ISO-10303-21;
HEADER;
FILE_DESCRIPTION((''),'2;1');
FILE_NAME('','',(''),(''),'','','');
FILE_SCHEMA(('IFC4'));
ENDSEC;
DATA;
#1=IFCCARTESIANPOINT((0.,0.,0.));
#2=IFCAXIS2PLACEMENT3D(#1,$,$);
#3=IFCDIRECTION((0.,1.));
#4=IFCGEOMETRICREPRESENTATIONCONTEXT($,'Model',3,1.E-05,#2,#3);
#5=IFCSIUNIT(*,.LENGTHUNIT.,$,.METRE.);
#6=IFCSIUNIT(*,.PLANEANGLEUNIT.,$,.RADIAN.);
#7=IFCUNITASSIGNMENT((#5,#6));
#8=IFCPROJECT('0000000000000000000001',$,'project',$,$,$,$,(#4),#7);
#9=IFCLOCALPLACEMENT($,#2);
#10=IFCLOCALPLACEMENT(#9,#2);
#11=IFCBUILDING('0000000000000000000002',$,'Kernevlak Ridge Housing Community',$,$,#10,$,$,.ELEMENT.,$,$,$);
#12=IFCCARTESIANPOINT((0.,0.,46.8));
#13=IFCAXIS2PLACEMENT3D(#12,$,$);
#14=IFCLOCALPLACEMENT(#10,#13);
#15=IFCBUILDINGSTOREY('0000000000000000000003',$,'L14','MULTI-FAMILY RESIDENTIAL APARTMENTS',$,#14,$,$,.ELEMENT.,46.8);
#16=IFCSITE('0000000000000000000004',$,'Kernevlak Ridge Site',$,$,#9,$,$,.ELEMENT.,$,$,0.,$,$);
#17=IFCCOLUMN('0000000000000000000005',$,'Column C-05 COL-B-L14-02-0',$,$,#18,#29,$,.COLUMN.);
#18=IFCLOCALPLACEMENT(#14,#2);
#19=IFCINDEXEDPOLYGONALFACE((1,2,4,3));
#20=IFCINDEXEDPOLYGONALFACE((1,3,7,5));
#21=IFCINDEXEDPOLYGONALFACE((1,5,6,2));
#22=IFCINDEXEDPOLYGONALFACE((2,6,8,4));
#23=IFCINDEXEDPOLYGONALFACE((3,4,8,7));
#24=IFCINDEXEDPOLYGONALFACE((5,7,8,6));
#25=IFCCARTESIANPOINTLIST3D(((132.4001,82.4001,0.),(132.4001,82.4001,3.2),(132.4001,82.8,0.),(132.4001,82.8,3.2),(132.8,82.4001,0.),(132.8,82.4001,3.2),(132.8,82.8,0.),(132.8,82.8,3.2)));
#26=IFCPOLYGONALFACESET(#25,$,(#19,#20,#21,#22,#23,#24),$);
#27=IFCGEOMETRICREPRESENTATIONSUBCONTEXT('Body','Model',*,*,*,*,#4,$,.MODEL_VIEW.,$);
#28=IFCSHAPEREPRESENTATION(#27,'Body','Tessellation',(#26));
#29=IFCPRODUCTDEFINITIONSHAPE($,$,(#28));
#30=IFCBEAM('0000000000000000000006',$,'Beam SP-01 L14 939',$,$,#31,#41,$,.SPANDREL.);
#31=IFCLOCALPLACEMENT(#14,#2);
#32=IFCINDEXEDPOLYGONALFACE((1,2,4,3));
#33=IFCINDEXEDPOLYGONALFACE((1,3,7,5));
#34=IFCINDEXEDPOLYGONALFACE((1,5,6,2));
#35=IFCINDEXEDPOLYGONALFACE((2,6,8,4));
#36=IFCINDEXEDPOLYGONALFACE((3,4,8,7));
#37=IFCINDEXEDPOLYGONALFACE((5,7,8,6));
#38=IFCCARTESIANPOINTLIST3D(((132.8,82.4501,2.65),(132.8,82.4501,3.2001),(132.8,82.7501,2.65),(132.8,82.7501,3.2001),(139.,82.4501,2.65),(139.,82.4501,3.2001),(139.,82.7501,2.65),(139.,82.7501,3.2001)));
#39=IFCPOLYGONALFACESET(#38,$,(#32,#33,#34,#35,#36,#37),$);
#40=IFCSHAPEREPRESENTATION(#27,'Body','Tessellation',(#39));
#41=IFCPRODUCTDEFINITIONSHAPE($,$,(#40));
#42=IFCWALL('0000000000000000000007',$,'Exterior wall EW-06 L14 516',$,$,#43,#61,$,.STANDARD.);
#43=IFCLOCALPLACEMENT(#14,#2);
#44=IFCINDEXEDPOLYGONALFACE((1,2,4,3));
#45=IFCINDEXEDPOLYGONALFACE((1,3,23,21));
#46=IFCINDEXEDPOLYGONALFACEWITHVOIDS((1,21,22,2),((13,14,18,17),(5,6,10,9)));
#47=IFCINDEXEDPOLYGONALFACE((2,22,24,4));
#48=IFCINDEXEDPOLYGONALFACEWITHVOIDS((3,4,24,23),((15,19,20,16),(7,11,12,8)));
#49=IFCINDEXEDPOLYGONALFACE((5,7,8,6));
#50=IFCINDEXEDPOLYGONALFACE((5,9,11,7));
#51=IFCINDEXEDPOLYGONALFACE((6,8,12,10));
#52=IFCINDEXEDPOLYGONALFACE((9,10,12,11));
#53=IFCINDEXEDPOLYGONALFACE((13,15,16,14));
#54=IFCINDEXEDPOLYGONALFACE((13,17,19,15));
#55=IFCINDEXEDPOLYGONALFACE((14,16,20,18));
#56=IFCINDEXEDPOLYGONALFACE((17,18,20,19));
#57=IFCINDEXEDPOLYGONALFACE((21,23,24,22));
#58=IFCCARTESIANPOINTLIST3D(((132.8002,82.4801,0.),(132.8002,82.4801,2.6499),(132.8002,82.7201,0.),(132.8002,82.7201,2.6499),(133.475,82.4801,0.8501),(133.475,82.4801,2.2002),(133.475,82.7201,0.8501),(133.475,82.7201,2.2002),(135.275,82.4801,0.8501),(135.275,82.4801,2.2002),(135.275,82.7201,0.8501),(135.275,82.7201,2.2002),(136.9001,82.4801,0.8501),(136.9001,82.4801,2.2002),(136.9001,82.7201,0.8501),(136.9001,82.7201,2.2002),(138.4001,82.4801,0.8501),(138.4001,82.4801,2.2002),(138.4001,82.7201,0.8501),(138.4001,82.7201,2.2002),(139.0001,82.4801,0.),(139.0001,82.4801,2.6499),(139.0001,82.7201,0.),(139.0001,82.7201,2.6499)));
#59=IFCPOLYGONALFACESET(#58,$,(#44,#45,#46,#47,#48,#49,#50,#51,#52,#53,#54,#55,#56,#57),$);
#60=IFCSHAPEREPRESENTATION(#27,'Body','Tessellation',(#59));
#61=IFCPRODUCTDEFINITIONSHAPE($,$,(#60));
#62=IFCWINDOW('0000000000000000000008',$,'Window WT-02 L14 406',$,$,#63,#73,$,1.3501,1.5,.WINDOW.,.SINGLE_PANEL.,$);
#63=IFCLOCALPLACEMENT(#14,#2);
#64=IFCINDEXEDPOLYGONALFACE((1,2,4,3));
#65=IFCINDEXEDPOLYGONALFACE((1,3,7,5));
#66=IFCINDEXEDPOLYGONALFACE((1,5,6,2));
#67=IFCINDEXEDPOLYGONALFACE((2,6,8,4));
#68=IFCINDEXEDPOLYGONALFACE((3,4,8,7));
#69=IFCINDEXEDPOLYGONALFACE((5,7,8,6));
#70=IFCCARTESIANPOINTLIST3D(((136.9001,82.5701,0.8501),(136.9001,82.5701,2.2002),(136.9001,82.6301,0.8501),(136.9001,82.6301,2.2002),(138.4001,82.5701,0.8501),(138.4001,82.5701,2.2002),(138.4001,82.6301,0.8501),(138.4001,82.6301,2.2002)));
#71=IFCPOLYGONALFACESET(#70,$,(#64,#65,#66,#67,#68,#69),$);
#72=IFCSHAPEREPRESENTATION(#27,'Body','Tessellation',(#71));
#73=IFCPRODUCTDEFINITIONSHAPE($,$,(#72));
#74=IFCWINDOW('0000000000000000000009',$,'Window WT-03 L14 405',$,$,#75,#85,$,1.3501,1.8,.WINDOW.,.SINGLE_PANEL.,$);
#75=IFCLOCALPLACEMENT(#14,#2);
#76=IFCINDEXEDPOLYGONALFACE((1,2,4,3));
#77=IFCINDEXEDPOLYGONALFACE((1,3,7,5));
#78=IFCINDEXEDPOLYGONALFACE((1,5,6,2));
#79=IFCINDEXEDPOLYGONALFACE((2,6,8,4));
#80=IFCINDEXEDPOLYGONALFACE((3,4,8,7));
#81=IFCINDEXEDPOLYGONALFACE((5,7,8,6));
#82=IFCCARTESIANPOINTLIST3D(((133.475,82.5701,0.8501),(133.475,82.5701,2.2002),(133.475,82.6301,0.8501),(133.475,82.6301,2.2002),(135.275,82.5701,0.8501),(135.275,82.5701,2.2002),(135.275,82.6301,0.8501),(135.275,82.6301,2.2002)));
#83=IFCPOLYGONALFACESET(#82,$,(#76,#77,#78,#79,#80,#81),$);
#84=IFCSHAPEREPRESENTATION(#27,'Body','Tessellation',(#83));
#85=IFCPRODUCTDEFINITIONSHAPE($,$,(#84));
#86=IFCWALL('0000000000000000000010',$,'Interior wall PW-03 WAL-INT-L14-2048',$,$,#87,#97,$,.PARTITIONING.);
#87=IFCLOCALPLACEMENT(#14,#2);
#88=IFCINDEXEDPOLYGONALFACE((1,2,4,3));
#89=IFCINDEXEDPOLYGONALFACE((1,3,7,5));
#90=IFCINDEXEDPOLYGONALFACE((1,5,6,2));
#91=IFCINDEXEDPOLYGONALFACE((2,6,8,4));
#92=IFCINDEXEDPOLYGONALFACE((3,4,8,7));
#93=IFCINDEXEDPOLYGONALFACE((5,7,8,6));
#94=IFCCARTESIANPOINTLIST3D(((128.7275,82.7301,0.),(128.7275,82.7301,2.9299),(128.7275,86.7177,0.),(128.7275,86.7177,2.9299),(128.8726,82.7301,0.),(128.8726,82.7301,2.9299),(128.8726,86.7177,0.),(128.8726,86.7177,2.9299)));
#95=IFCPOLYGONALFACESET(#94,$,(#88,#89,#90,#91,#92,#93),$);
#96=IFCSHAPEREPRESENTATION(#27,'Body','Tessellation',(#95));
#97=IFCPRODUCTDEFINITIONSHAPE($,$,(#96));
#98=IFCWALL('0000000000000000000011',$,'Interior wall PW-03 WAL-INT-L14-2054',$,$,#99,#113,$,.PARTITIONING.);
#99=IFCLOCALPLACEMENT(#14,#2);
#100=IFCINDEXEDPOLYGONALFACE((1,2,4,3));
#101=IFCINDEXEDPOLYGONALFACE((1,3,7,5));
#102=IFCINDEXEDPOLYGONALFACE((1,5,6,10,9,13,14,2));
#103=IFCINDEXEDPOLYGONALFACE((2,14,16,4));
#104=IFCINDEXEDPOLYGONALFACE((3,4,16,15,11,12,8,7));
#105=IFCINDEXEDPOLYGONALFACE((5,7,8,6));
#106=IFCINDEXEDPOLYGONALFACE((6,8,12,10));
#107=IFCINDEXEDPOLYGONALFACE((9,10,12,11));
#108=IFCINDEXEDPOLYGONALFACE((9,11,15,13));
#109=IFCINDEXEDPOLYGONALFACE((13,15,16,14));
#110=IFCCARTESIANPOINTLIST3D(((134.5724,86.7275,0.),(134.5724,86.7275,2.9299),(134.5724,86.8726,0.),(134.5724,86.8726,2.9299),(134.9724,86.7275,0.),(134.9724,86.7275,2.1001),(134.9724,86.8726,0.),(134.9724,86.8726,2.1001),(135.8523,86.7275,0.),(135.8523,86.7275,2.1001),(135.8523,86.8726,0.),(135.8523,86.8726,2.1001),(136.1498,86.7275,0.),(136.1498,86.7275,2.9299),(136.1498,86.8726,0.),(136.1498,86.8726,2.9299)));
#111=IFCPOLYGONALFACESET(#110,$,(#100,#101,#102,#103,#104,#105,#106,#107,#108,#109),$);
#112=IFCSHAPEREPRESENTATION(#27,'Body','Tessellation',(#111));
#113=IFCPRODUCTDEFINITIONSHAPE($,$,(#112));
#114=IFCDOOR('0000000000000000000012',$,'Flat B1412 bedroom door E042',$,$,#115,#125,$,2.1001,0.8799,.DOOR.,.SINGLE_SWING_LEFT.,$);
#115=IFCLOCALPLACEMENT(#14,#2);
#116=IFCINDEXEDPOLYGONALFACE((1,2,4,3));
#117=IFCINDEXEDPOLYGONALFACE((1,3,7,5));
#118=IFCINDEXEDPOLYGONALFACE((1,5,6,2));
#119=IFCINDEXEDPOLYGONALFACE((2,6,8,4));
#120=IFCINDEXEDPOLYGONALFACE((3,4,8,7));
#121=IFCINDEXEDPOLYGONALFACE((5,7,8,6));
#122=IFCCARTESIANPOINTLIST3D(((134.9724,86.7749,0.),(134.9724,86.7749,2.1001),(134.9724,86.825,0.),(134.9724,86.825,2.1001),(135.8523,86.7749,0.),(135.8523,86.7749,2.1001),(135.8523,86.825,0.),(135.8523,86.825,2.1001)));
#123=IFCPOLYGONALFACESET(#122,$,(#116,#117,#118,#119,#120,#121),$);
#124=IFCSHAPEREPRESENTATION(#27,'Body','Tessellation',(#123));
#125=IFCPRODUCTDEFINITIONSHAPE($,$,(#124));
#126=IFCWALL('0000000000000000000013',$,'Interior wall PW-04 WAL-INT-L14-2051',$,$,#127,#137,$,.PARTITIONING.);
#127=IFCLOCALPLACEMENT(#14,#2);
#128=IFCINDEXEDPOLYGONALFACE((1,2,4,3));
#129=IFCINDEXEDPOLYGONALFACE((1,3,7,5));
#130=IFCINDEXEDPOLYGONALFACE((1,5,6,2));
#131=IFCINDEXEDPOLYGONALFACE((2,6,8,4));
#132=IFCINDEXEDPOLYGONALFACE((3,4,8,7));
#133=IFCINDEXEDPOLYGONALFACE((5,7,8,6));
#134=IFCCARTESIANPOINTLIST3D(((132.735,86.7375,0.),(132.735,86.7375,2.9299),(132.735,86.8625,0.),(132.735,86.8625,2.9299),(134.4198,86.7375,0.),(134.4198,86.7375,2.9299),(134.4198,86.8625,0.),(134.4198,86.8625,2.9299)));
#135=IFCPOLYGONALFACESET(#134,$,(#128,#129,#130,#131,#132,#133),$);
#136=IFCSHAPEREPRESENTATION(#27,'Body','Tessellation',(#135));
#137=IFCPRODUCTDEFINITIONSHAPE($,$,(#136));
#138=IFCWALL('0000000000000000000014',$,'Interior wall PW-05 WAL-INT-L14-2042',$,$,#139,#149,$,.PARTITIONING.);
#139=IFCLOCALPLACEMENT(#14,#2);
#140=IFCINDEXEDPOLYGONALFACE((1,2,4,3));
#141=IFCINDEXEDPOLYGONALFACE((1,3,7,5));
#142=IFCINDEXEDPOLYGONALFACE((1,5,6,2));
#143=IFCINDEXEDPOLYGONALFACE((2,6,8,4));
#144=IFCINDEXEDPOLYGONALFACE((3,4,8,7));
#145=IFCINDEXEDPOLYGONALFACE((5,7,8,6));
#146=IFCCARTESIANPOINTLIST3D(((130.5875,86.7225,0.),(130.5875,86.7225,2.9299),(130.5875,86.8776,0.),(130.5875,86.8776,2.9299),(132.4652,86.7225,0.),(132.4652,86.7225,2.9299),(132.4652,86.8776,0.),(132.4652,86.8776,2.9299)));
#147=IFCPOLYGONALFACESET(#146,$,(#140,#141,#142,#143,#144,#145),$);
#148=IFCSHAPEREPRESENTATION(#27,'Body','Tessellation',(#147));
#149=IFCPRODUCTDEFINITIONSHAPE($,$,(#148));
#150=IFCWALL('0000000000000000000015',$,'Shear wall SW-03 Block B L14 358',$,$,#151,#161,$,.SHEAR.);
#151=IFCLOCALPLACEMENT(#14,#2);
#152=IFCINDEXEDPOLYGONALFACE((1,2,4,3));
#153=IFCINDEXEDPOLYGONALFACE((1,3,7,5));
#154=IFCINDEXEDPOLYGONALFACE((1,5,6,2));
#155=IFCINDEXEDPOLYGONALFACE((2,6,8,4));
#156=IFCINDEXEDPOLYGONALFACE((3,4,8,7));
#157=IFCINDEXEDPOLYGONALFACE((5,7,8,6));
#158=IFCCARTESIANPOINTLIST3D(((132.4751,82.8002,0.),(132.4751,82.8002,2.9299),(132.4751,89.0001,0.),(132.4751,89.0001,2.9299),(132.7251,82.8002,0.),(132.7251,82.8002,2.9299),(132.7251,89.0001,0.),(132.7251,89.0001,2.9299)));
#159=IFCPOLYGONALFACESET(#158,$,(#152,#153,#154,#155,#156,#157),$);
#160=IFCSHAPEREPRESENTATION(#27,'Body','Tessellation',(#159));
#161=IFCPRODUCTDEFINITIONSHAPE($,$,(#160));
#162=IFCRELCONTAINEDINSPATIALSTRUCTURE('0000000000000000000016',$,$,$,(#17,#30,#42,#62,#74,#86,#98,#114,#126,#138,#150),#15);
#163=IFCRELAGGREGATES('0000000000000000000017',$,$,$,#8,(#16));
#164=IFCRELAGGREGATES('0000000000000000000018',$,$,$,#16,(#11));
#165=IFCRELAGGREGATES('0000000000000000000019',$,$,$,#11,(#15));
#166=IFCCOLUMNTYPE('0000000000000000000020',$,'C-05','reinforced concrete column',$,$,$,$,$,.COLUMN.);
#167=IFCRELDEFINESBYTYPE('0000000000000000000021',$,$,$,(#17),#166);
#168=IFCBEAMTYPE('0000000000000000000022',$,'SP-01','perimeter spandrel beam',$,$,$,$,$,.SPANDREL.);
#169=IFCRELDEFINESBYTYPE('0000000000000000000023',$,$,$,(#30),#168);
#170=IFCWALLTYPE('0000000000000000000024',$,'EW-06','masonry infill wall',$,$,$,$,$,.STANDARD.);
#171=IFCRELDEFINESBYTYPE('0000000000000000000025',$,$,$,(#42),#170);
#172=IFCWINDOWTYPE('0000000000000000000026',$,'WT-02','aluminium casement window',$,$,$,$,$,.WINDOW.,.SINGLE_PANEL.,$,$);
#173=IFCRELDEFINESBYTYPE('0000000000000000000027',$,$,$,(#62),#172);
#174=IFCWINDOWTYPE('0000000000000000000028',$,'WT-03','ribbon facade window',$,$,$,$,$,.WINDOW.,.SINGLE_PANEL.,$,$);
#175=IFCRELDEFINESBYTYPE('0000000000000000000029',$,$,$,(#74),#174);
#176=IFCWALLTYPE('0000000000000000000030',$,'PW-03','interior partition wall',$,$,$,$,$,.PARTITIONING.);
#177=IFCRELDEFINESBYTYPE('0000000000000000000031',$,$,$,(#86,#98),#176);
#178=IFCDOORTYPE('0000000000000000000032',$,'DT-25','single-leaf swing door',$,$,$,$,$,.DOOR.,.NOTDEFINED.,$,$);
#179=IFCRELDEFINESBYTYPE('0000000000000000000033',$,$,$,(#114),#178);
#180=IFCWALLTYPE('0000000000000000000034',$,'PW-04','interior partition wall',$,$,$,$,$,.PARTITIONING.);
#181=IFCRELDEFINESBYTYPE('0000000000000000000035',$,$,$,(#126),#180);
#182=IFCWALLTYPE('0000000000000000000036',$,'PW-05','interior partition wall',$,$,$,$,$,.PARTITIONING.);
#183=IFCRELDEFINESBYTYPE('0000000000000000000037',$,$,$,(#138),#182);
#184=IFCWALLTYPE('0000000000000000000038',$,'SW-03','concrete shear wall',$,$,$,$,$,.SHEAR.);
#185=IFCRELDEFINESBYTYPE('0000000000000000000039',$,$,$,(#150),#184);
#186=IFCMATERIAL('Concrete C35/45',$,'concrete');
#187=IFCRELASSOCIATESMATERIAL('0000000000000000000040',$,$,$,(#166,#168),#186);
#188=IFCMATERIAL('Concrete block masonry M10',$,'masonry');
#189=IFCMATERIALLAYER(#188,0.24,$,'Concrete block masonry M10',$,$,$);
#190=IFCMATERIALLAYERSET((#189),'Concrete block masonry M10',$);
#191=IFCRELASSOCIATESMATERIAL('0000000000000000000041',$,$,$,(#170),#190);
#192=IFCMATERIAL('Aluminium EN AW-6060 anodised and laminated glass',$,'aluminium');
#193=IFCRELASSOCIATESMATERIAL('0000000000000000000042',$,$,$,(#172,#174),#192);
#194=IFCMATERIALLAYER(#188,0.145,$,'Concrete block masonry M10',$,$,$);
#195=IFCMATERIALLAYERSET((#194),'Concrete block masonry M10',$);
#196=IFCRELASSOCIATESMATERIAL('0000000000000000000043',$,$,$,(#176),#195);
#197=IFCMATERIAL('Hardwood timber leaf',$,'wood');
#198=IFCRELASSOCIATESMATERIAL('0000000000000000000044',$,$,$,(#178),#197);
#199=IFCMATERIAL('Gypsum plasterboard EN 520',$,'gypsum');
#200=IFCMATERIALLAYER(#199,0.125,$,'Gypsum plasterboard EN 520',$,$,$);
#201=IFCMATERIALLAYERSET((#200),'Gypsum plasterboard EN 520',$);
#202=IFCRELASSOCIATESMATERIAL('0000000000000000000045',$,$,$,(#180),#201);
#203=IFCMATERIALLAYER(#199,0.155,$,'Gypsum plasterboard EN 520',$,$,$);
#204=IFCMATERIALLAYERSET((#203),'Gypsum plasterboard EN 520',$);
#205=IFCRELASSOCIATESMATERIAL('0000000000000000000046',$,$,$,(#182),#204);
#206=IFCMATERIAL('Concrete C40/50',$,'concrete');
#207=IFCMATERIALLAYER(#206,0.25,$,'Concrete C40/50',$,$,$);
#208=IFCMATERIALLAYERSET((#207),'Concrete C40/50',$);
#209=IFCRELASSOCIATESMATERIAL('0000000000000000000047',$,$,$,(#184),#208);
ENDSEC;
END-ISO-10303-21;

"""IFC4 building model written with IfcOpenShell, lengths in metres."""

from ifc_helpers import new_model, si_unit, direction, frame, frame_2d, origin, origin_2d, place, context, subcontext, project, spatial, rectangle, extrude, material, layer, layer_set, material_profile, profile_set, type_object, element, fill, save


model = new_model("IFC4")

# Units and contexts
model_context = context("Model", 3, precision=1e-05, world=origin(), true_north=direction((0.0, 1.0)))
body_context = subcontext(model_context, "Body", "Model", "MODEL_VIEW")
ifc_project = project(units=[si_unit("LENGTHUNIT", "METRE"), si_unit("PLANEANGLEUNIT", "RADIAN")], contexts=[model_context])

# Site, building, storey
site_placement = place(None, origin())
site = spatial("IfcSite", under=ifc_project, at=site_placement, Name="Kernevlak Ridge Site", CompositionType="ELEMENT", RefElevation=0.0)
building_placement = place(site_placement, origin())
building = spatial("IfcBuilding", under=site, at=building_placement, Name="Kernevlak Ridge Housing Community", CompositionType="ELEMENT")
storey_placement = place(building_placement, frame((0.0, 0.0, 46.8)))
storey = spatial("IfcBuildingStorey", under=building, at=storey_placement, Name="L14", Description="MULTI-FAMILY RESIDENTIAL APARTMENTS", CompositionType="ELEMENT", Elevation=46.8)

# Column
ifc_material_1 = material(Name="Concrete C35/45", Category="concrete")
ifc_material_profile_1 = material_profile(ifc_material_1, rectangle(XDim=0.3999, YDim=0.3999, at=origin_2d()), Name="RC 400x400")
ifc_profile_set_1 = profile_set([ifc_material_profile_1], Name="Concrete C35/45")
column_type = type_object("IfcColumnType", Name="C-05", Description="reinforced concrete column", PredefinedType="COLUMN", material=ifc_profile_set_1)
column_placement = place(storey_placement, frame((132.6001, 82.6001, 0.0), z_axis=(0.0, 0.0, 1.0), x_axis=(1.0, 0.0, 0.0)))
element("IfcColumn", 1, at=column_placement, inside=storey, type_object=column_type, Name="Column C-05 COL-B-L14-02-0", PredefinedType="COLUMN", context=body_context, shape_type="SweptSolid", body=[
    extrude(rectangle(XDim=0.3999, YDim=0.3999, at=origin_2d()), origin(), (0.0, 0.0, 1.0), 3.2),
])

# Beam
ifc_material_profile_2 = material_profile(ifc_material_1, rectangle(XDim=0.3, YDim=0.55, at=origin_2d()), Name="RC 300x550")
ifc_profile_set_2 = profile_set([ifc_material_profile_2], Name="Concrete C35/45")
beam_type = type_object("IfcBeamType", Name="SP-01", Description="perimeter spandrel beam", PredefinedType="SPANDREL", material=ifc_profile_set_2)
beam_placement = place(storey_placement, frame((132.8, 82.6001, 2.925), z_axis=(1.0, 0.0, 0.0), x_axis=(0.0, 1.0, 0.0)))
element("IfcBeam", 2, at=beam_placement, inside=storey, type_object=beam_type, Name="Beam SP-01 L14 939", PredefinedType="SPANDREL", context=body_context, shape_type="SweptSolid", body=[
    extrude(rectangle(XDim=0.3, YDim=0.55, at=origin_2d()), origin(), (0.0, 0.0, 1.0), 6.2),
])

# Wall, openings, windows
ifc_material_2 = material(Name="Concrete block masonry M10", Category="masonry")
ifc_layer_1 = layer(ifc_material_2, 0.24, Name="Concrete block masonry M10")
ifc_layer_set_1 = layer_set([ifc_layer_1], Name="Concrete block masonry M10")
wall_type_1 = type_object("IfcWallType", Name="EW-06", Description="masonry infill wall", PredefinedType="STANDARD", material=ifc_layer_set_1)
wall_1_placement = place(storey_placement, frame((132.8, 82.6001, 0.0), z_axis=(0.0, 0.0, 1.0), x_axis=(1.0, 0.0, 0.0)))
wall_1 = element("IfcWall", 3, at=wall_1_placement, inside=storey, type_object=wall_type_1, Name="Exterior wall EW-06 L14 516", PredefinedType="STANDARD", context=body_context, shape_type="SweptSolid", body=[
    extrude(rectangle(XDim=6.2, YDim=0.24, at=frame_2d((3.1001, 0.0))), origin(), (0.0, 0.0, 1.0), 2.6499),
])
opening_1_placement = place(wall_1_placement, frame((0.675, 0.0, 0.8501)))
opening_1 = element("IfcOpeningElement", 4, at=opening_1_placement, cuts=wall_1, PredefinedType="OPENING", context=body_context, shape_type="SweptSolid", body=[
    extrude(rectangle(XDim=1.8, YDim=1.3501, at=frame_2d((0.8999, 0.675))), frame((0.0, 0.1299, 0.0), z_axis=(0.0, -1.0, 0.0), x_axis=(1.0, 0.0, 0.0)), (0.0, 0.0, 1.0), 0.26),
])
opening_2_placement = place(wall_1_placement, frame((4.1001, 0.0, 0.8501)))
opening_2 = element("IfcOpeningElement", 5, at=opening_2_placement, cuts=wall_1, PredefinedType="OPENING", context=body_context, shape_type="SweptSolid", body=[
    extrude(rectangle(XDim=1.5, YDim=1.3501, at=frame_2d((0.75, 0.675))), frame((0.0, 0.1299, 0.0), z_axis=(0.0, -1.0, 0.0), x_axis=(1.0, 0.0, 0.0)), (0.0, 0.0, 1.0), 0.26),
])
ifc_material_3 = material(Name="Aluminium EN AW-6060 anodised and laminated glass", Category="aluminium")
window_type_1 = type_object("IfcWindowType", Name="WT-02", Description="aluminium casement window", PartitioningType="SINGLE_PANEL", PredefinedType="WINDOW", material=ifc_material_3)
window_1_placement = place(opening_2_placement, origin())
window_1 = element("IfcWindow", 6, at=window_1_placement, inside=storey, type_object=window_type_1, Name="Window WT-02 L14 406", OverallHeight=1.3501, OverallWidth=1.5, PartitioningType="SINGLE_PANEL", PredefinedType="WINDOW", context=body_context, shape_type="SweptSolid", body=[
    extrude(rectangle(XDim=1.5, YDim=1.3501, at=frame_2d((0.75, 0.675))), frame((0.0, 0.03, 0.0), z_axis=(0.0, -1.0, 0.0), x_axis=(1.0, 0.0, 0.0)), (0.0, 0.0, 1.0), 0.0601),
])
fill(opening_2, window_1)
window_type_2 = type_object("IfcWindowType", Name="WT-03", Description="ribbon facade window", PartitioningType="SINGLE_PANEL", PredefinedType="WINDOW", material=ifc_material_3)
window_2_placement = place(opening_1_placement, origin())
window_2 = element("IfcWindow", 7, at=window_2_placement, inside=storey, type_object=window_type_2, Name="Window WT-03 L14 405", OverallHeight=1.3501, OverallWidth=1.8, PartitioningType="SINGLE_PANEL", PredefinedType="WINDOW", context=body_context, shape_type="SweptSolid", body=[
    extrude(rectangle(XDim=1.8, YDim=1.3501, at=frame_2d((0.8999, 0.675))), frame((0.0, 0.03, 0.0), z_axis=(0.0, -1.0, 0.0), x_axis=(1.0, 0.0, 0.0)), (0.0, 0.0, 1.0), 0.0601),
])
fill(opening_1, window_2)

# Wall
ifc_layer_2 = layer(ifc_material_2, 0.145, Name="Concrete block masonry M10")
ifc_layer_set_2 = layer_set([ifc_layer_2], Name="Concrete block masonry M10")
wall_type_2 = type_object("IfcWallType", Name="PW-03", Description="interior partition wall", PredefinedType="PARTITIONING", material=ifc_layer_set_2)
wall_2_placement = place(storey_placement, frame((128.8, 86.7175, 0.0), z_axis=(0.0, 0.0, 1.0), x_axis=(0.0, -1.0, 0.0)))
element("IfcWall", 8, at=wall_2_placement, inside=storey, type_object=wall_type_2, Name="Interior wall PW-03 WAL-INT-L14-2048", PredefinedType="PARTITIONING", context=body_context, shape_type="SweptSolid", body=[
    extrude(rectangle(XDim=3.9875, YDim=0.145, at=frame_2d((1.9937, 0.0))), origin(), (0.0, 0.0, 1.0), 2.9299),
])

# Wall, opening, door
wall_3_placement = place(storey_placement, frame((134.5725, 86.8, 0.0), z_axis=(0.0, 0.0, 1.0), x_axis=(1.0, 0.0, 0.0)))
wall_3 = element("IfcWall", 9, at=wall_3_placement, inside=storey, type_object=wall_type_2, Name="Interior wall PW-03 WAL-INT-L14-2054", PredefinedType="PARTITIONING", context=body_context, shape_type="SweptSolid", body=[
    extrude(rectangle(XDim=1.5774, YDim=0.145, at=frame_2d((0.7886, 0.0))), origin(), (0.0, 0.0, 1.0), 2.9299),
])
opening_3_placement = place(wall_3_placement, frame((0.3999, 0.0, 0.0)))
opening_3 = element("IfcOpeningElement", 10, at=opening_3_placement, cuts=wall_3, PredefinedType="OPENING", context=body_context, shape_type="SweptSolid", body=[
    extrude(rectangle(XDim=0.8799, YDim=2.1001, at=frame_2d((0.4399, 1.05))), frame((0.0, 0.0825, 0.0), z_axis=(0.0, -1.0, 0.0), x_axis=(1.0, 0.0, 0.0)), (0.0, 0.0, 1.0), 0.165),
])
ifc_material_4 = material(Name="Hardwood timber leaf", Category="wood")
door_type = type_object("IfcDoorType", Name="DT-25", Description="single-leaf swing door", OperationType="NOTDEFINED", PredefinedType="DOOR", material=ifc_material_4)
door_placement = place(opening_3_placement, origin())
door = element("IfcDoor", 11, at=door_placement, inside=storey, type_object=door_type, Name="Flat B1412 bedroom door E042", OperationType="SINGLE_SWING_LEFT", OverallHeight=2.1001, OverallWidth=0.8799, PredefinedType="DOOR", context=body_context, shape_type="SweptSolid", body=[
    extrude(rectangle(XDim=0.8799, YDim=2.1001, at=frame_2d((0.4399, 1.05))), frame((0.0, 0.0249, 0.0), z_axis=(0.0, -1.0, 0.0), x_axis=(1.0, 0.0, 0.0)), (0.0, 0.0, 1.0), 0.05),
])
fill(opening_3, door)

# Walls
ifc_material_5 = material(Name="Gypsum plasterboard EN 520", Category="gypsum")
ifc_layer_3 = layer(ifc_material_5, 0.125, Name="Gypsum plasterboard EN 520")
ifc_layer_set_3 = layer_set([ifc_layer_3], Name="Gypsum plasterboard EN 520")
wall_type_3 = type_object("IfcWallType", Name="PW-04", Description="interior partition wall", PredefinedType="PARTITIONING", material=ifc_layer_set_3)
wall_4_placement = place(storey_placement, frame((132.7351, 86.8, 0.0), z_axis=(0.0, 0.0, 1.0), x_axis=(1.0, 0.0, 0.0)))
element("IfcWall", 12, at=wall_4_placement, inside=storey, type_object=wall_type_3, Name="Interior wall PW-04 WAL-INT-L14-2051", PredefinedType="PARTITIONING", context=body_context, shape_type="SweptSolid", body=[
    extrude(rectangle(XDim=1.6848, YDim=0.125, at=frame_2d((0.8423, 0.0))), origin(), (0.0, 0.0, 1.0), 2.9299),
])
ifc_layer_4 = layer(ifc_material_5, 0.155, Name="Gypsum plasterboard EN 520")
ifc_layer_set_4 = layer_set([ifc_layer_4], Name="Gypsum plasterboard EN 520")
wall_type_4 = type_object("IfcWallType", Name="PW-05", Description="interior partition wall", PredefinedType="PARTITIONING", material=ifc_layer_set_4)
wall_5_placement = place(storey_placement, frame((130.5874, 86.8, 0.0), z_axis=(0.0, 0.0, 1.0), x_axis=(1.0, 0.0, 0.0)))
element("IfcWall", 13, at=wall_5_placement, inside=storey, type_object=wall_type_4, Name="Interior wall PW-05 WAL-INT-L14-2042", PredefinedType="PARTITIONING", context=body_context, shape_type="SweptSolid", body=[
    extrude(rectangle(XDim=1.8777, YDim=0.155, at=frame_2d((0.939, 0.0))), origin(), (0.0, 0.0, 1.0), 2.9299),
])
ifc_material_6 = material(Name="Concrete C40/50", Category="concrete")
ifc_layer_5 = layer(ifc_material_6, 0.25, Name="Concrete C40/50")
ifc_layer_set_5 = layer_set([ifc_layer_5], Name="Concrete C40/50")
wall_type_5 = type_object("IfcWallType", Name="SW-03", Description="concrete shear wall", PredefinedType="SHEAR", material=ifc_layer_set_5)
wall_6_placement = place(storey_placement, frame((132.6001, 82.8, 0.0), z_axis=(0.0, 0.0, 1.0), x_axis=(0.0, 1.0, 0.0)))
element("IfcWall", 14, at=wall_6_placement, inside=storey, type_object=wall_type_5, Name="Shear wall SW-03 Block B L14 358", PredefinedType="SHEAR", context=body_context, shape_type="SweptSolid", body=[
    extrude(rectangle(XDim=6.2, YDim=0.25, at=frame_2d((3.1001, 0.0))), origin(), (0.0, 0.0, 1.0), 2.9299),
])

save(model, "model.ifc")
